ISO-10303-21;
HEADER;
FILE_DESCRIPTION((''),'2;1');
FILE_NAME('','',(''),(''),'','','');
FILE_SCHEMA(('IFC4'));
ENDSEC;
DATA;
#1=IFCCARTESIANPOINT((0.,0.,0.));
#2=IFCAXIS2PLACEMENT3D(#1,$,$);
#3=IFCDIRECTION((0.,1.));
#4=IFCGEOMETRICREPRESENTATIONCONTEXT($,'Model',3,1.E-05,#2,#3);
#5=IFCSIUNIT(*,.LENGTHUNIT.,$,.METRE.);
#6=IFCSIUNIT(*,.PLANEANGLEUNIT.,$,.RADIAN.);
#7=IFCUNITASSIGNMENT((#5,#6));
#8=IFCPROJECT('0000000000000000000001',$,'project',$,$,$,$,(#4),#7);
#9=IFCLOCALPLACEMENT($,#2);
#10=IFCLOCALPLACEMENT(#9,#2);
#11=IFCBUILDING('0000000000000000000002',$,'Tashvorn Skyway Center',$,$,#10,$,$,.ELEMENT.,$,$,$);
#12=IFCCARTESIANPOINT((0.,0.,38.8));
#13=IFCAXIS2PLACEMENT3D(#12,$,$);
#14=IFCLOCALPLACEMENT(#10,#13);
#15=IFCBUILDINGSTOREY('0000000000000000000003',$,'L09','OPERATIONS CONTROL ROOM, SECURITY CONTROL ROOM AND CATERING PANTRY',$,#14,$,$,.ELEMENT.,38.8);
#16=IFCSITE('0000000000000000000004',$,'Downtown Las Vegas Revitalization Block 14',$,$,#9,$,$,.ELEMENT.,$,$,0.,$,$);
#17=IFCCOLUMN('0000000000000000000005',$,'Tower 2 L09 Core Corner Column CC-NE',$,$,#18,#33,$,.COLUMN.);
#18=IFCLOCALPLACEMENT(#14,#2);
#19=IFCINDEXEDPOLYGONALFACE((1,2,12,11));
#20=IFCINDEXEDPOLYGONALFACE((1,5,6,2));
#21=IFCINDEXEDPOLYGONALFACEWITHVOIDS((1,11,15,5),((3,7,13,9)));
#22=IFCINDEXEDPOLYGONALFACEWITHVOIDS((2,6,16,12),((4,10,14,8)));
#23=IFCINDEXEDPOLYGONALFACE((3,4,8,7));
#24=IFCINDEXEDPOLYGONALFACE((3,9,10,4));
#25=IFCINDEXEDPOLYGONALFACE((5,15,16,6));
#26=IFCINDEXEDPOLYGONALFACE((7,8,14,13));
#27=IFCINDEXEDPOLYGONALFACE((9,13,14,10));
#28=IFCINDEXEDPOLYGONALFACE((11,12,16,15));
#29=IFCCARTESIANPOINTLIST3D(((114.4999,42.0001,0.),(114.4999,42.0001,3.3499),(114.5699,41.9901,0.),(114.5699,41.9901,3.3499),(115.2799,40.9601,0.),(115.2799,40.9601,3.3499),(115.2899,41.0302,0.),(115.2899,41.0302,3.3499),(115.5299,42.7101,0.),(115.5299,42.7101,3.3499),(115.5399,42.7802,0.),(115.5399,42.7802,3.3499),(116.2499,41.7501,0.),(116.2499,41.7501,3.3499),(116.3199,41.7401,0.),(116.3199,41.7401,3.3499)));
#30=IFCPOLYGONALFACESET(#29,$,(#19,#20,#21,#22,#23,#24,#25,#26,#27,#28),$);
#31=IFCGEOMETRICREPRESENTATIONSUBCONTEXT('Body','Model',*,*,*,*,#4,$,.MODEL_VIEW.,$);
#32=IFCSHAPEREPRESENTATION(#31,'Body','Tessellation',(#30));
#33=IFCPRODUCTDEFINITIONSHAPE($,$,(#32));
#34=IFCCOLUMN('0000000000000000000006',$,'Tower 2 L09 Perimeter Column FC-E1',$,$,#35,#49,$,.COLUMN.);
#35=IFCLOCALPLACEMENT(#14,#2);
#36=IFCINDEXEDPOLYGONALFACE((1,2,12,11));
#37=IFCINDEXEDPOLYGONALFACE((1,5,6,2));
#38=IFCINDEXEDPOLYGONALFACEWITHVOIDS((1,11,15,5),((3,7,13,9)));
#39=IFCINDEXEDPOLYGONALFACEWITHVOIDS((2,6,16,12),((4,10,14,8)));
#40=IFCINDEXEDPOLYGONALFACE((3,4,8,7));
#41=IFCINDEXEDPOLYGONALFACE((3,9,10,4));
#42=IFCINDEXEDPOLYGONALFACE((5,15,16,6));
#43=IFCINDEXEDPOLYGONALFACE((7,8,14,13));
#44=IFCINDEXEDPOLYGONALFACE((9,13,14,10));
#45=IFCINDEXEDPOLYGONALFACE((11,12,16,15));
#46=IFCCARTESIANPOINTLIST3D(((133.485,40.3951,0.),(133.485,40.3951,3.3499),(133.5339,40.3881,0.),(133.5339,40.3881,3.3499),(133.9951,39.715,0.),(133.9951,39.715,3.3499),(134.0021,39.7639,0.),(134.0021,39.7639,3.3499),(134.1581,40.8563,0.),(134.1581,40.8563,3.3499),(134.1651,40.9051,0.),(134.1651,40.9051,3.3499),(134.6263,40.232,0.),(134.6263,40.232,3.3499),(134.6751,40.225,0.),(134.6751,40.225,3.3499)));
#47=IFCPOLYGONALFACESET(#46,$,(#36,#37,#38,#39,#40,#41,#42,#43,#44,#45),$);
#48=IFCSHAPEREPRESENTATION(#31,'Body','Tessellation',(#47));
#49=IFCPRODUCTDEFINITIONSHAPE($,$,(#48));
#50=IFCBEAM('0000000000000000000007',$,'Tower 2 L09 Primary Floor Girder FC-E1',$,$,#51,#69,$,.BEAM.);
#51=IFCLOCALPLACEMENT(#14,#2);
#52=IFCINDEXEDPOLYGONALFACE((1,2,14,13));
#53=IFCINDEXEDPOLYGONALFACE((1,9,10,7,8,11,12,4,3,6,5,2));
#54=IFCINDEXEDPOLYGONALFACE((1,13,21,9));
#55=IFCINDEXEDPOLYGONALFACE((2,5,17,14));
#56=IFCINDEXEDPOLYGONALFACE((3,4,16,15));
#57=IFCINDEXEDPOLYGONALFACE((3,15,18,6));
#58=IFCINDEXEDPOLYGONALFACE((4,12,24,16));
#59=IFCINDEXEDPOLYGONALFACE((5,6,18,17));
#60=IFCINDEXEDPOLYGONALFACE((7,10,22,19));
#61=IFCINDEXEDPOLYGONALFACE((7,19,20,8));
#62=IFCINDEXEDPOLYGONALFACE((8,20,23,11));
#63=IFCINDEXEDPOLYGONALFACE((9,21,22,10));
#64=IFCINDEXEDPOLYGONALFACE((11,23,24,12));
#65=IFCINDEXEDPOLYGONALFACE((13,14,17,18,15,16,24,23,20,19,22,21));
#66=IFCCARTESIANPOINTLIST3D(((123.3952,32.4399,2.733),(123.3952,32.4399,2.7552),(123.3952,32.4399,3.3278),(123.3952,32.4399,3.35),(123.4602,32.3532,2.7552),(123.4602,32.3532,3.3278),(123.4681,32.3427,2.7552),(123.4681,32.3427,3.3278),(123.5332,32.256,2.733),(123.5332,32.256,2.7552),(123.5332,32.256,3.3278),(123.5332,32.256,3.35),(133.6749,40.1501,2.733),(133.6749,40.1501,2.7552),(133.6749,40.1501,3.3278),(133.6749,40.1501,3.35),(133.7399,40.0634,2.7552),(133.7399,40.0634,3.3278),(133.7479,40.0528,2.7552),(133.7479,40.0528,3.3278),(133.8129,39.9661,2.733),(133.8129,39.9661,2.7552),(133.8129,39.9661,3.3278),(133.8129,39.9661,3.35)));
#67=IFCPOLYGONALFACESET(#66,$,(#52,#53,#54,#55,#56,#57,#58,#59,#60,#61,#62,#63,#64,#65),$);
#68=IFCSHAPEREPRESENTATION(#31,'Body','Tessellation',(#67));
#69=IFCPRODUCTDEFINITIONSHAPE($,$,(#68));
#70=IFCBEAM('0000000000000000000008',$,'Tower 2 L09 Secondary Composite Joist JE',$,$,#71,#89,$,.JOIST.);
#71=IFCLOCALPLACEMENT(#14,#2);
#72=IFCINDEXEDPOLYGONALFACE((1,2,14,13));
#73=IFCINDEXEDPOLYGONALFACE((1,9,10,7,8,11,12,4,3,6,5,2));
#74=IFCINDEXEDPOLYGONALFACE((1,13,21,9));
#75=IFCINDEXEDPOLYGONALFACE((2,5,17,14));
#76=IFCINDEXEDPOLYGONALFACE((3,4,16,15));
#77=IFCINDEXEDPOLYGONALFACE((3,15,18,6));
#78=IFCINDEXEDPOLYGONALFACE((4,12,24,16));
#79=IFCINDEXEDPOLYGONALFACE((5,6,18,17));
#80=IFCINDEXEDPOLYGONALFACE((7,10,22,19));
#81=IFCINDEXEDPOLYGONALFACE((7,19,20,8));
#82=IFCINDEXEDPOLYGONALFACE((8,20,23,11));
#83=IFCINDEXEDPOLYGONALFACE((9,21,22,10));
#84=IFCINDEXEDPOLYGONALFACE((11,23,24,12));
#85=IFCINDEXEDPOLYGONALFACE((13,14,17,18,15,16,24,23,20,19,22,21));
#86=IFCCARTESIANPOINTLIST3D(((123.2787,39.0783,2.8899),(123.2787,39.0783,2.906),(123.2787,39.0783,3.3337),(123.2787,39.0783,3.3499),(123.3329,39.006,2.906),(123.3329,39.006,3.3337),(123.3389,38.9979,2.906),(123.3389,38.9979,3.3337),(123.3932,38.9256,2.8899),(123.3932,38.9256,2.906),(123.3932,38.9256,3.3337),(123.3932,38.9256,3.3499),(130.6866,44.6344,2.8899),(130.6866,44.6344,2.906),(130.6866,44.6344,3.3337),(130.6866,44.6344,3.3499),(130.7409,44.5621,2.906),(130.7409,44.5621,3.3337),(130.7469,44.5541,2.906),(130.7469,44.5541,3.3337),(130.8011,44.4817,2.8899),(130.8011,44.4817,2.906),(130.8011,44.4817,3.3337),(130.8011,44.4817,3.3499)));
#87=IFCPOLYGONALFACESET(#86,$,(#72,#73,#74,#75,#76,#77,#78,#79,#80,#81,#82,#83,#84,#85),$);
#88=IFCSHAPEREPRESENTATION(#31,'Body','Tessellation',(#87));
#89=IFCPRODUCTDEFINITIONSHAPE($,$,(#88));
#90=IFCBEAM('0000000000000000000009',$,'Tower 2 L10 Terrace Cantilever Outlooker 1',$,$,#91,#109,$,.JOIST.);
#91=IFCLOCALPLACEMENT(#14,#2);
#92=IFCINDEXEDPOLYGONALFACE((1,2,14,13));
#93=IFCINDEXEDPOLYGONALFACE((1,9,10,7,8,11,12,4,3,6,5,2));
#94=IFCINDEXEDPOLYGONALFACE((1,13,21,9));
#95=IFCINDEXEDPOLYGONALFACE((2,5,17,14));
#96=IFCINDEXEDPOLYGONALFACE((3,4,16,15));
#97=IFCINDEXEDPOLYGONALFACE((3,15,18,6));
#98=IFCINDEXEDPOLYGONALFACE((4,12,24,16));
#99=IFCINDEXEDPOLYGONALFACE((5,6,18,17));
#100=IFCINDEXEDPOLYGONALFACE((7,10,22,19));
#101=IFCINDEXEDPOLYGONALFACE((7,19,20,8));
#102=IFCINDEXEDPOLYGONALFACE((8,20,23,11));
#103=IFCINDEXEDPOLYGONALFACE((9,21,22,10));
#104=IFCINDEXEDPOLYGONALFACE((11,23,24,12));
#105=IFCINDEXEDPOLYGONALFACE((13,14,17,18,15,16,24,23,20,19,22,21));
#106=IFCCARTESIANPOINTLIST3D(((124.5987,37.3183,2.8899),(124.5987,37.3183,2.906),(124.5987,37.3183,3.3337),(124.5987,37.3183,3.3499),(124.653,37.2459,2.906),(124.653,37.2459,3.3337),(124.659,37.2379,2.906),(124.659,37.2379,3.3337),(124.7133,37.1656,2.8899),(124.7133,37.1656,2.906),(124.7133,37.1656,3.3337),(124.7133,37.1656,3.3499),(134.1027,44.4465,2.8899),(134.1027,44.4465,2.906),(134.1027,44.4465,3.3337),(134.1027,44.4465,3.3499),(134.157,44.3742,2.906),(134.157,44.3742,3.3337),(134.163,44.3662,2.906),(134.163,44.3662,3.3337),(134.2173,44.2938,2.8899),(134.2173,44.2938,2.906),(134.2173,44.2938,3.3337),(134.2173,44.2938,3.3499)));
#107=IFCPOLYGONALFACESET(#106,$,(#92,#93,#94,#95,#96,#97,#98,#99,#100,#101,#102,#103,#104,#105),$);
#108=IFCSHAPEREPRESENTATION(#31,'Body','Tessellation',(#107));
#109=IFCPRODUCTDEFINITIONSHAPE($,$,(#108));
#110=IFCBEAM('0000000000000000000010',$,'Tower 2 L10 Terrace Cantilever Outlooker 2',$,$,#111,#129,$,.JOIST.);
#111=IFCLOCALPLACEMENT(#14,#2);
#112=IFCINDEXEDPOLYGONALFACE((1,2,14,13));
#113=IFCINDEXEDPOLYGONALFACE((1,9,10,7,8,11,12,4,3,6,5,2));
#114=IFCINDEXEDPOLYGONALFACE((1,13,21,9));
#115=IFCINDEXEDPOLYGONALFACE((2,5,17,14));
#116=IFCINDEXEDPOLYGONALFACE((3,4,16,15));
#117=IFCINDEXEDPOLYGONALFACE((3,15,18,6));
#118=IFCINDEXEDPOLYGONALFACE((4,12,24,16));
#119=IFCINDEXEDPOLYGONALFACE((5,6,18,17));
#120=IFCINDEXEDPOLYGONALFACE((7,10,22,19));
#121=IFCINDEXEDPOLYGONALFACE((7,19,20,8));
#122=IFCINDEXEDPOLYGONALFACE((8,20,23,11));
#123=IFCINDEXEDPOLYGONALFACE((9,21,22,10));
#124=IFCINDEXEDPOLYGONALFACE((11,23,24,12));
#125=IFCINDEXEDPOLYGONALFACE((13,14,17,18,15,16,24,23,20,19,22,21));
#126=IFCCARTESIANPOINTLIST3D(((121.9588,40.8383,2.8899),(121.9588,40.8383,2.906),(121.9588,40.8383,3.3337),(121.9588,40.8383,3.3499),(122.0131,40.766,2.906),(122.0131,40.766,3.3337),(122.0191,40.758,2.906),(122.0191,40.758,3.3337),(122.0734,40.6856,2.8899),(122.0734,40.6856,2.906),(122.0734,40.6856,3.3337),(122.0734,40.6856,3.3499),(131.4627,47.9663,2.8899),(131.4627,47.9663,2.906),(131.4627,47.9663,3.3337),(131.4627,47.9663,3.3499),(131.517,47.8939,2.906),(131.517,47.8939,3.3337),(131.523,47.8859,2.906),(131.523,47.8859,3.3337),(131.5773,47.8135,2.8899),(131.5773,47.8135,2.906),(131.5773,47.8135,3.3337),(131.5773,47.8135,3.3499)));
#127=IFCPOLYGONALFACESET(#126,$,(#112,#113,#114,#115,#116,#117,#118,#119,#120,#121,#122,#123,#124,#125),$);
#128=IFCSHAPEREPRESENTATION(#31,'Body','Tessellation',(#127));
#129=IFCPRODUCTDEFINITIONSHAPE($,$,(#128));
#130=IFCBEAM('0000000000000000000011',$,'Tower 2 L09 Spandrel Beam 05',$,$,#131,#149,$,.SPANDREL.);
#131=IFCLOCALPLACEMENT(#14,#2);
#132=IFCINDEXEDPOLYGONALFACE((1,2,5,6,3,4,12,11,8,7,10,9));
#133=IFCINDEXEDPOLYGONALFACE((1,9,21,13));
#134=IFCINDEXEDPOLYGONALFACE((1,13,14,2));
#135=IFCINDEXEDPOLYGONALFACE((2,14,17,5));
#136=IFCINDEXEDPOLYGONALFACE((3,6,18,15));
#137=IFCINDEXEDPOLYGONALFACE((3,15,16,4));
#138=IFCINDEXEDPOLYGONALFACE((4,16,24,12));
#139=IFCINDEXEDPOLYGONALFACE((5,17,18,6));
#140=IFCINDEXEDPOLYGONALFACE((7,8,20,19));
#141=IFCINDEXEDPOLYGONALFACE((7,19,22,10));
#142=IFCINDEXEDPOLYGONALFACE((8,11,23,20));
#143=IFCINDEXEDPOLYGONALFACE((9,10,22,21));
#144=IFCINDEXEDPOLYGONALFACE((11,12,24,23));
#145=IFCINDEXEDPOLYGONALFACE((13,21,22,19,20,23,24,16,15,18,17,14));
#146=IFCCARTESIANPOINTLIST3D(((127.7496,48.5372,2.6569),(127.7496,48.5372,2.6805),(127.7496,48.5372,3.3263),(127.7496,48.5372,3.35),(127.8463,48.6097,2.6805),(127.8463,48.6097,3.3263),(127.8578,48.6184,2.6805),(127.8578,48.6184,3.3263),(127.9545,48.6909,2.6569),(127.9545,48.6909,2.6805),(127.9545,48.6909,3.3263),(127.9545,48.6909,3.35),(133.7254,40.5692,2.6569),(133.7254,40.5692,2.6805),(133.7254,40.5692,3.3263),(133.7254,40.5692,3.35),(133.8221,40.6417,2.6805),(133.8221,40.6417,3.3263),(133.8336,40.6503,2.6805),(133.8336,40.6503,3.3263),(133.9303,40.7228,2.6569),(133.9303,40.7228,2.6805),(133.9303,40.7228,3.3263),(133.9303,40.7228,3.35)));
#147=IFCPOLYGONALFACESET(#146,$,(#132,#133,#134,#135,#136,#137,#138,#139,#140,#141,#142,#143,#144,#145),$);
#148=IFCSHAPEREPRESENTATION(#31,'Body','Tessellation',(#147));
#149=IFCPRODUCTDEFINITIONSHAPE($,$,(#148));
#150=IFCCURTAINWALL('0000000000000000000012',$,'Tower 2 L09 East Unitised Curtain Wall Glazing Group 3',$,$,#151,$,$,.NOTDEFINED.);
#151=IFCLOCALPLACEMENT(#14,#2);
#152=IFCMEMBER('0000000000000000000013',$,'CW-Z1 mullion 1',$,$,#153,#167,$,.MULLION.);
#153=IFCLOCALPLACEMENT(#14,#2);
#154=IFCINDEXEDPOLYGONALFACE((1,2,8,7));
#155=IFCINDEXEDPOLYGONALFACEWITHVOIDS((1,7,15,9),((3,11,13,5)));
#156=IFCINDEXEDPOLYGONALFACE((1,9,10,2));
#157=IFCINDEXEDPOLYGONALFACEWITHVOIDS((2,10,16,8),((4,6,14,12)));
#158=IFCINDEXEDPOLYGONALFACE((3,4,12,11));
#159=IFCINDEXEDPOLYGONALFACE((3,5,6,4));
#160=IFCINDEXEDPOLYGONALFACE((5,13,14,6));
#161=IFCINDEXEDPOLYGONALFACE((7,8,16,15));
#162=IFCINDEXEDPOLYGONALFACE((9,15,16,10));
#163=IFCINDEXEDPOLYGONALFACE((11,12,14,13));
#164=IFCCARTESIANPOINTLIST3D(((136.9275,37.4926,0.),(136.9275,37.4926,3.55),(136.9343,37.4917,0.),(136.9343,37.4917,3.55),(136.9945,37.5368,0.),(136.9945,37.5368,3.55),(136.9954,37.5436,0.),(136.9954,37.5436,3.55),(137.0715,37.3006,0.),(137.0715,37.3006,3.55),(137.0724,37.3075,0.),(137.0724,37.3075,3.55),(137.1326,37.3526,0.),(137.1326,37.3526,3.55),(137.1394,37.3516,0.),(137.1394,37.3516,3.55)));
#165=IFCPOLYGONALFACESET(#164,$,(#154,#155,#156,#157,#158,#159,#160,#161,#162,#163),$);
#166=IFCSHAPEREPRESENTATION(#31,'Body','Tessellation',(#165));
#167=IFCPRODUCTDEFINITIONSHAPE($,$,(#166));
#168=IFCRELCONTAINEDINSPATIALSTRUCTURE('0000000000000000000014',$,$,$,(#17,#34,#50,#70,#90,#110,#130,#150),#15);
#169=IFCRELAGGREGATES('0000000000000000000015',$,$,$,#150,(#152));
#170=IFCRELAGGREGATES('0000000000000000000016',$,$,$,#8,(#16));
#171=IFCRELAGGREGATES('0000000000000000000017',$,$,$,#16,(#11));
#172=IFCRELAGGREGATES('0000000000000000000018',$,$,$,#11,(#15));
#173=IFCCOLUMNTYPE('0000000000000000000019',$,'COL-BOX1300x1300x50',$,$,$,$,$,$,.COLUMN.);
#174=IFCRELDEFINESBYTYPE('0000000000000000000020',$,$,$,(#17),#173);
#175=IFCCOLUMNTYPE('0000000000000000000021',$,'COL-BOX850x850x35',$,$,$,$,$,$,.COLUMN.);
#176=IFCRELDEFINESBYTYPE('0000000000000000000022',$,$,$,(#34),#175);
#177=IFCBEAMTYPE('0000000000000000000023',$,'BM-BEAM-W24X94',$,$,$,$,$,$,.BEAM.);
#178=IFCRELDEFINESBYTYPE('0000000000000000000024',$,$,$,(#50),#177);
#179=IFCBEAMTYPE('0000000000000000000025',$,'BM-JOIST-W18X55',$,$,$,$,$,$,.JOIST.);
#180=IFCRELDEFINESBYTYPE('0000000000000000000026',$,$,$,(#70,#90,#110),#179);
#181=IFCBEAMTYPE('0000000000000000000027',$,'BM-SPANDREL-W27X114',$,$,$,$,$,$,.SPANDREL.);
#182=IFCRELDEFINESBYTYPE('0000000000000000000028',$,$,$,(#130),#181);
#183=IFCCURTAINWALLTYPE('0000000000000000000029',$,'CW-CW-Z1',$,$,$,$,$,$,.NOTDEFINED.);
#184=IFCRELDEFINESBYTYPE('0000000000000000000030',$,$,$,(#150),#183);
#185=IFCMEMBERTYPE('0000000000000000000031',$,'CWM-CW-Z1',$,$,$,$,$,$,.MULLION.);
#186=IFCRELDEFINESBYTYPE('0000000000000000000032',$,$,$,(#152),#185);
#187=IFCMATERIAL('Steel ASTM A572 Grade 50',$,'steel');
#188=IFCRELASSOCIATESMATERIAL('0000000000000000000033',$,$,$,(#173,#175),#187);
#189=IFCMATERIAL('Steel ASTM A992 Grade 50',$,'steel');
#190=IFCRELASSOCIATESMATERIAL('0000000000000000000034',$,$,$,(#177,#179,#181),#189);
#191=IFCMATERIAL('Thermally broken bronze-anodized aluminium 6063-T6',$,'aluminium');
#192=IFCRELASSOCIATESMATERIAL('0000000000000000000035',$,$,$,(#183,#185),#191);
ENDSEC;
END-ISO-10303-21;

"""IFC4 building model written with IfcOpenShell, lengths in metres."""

from ifc_helpers import new_model, si_unit, direction, frame, origin, origin_2d, place, context, subcontext, project, spatial, hollow_rectangle, i_section, extrude, material, material_profile, profile_set, type_object, element, aggregate, save


model = new_model("IFC4")

# Units and contexts
model_context = context("Model", 3, precision=1e-05, world=origin(), true_north=direction((0.0, 1.0)))
body_context = subcontext(model_context, "Body", "Model", "MODEL_VIEW")
ifc_project = project(units=[si_unit("LENGTHUNIT", "METRE"), si_unit("PLANEANGLEUNIT", "RADIAN")], contexts=[model_context])

# Site, building, storey
site_placement = place(None, origin())
site = spatial("IfcSite", under=ifc_project, at=site_placement, Name="Downtown Las Vegas Revitalization Block 14", CompositionType="ELEMENT", RefElevation=0.0)
building_placement = place(site_placement, origin())
building = spatial("IfcBuilding", under=site, at=building_placement, Name="Tashvorn Skyway Center", CompositionType="ELEMENT")
storey_placement = place(building_placement, frame((0.0, 0.0, 38.8)))
storey = spatial("IfcBuildingStorey", under=building, at=storey_placement, Name="L09", Description="OPERATIONS CONTROL ROOM, SECURITY CONTROL ROOM AND CATERING PANTRY", CompositionType="ELEMENT", Elevation=38.8)

# Columns
ifc_material_1 = material(Name="Steel ASTM A572 Grade 50", Category="steel")
ifc_material_profile_1 = material_profile(ifc_material_1, hollow_rectangle(XDim=1.3, YDim=1.3, WallThickness=0.05, at=origin_2d()), Name="BOX1300x1300x50")
ifc_profile_set_1 = profile_set([ifc_material_profile_1], Name="Steel ASTM A572 Grade 50")
column_type_1 = type_object("IfcColumnType", Name="COL-BOX1300x1300x50", PredefinedType="COLUMN", material=ifc_profile_set_1)
column_1_placement = place(storey_placement, frame((115.4099, 41.8701, 0.0), z_axis=(0.0, 0.0, 1.0), x_axis=(0.8, 0.6, 0.0)))
element("IfcColumn", 1, at=column_1_placement, inside=storey, type_object=column_type_1, Name="Tower 2 L09 Core Corner Column CC-NE", PredefinedType="COLUMN", context=body_context, shape_type="SweptSolid", body=[
    extrude(hollow_rectangle(XDim=1.3, YDim=1.3, WallThickness=0.05, at=origin_2d()), origin(), (0.0, 0.0, 1.0), 3.3499),
])
ifc_material_profile_2 = material_profile(ifc_material_1, hollow_rectangle(XDim=0.8501, YDim=0.8501, WallThickness=0.0349, at=origin_2d()), Name="BOX850x850x35")
ifc_profile_set_2 = profile_set([ifc_material_profile_2], Name="Steel ASTM A572 Grade 50")
column_type_2 = type_object("IfcColumnType", Name="COL-BOX850x850x35", PredefinedType="COLUMN", material=ifc_profile_set_2)
column_2_placement = place(storey_placement, frame((134.0801, 40.3101, 0.0), z_axis=(0.0, 0.0, 1.0), x_axis=(0.8, 0.6, 0.0)))
element("IfcColumn", 2, at=column_2_placement, inside=storey, type_object=column_type_2, Name="Tower 2 L09 Perimeter Column FC-E1", PredefinedType="COLUMN", context=body_context, shape_type="SweptSolid", body=[
    extrude(hollow_rectangle(XDim=0.8501, YDim=0.8501, WallThickness=0.0349, at=origin_2d()), origin(), (0.0, 0.0, 1.0), 3.3499),
])

# Beams
ifc_material_2 = material(Name="Steel ASTM A992 Grade 50", Category="steel")
ifc_material_profile_3 = material_profile(ifc_material_2, i_section(OverallWidth=0.23, OverallDepth=0.6169, WebThickness=0.0132, FlangeThickness=0.0222, at=origin_2d()), Name="W24X94")
ifc_profile_set_3 = profile_set([ifc_material_profile_3], Name="Steel ASTM A992 Grade 50")
beam_type_1 = type_object("IfcBeamType", Name="BM-BEAM-W24X94", PredefinedType="BEAM", material=ifc_profile_set_3)
beam_1_placement = place(storey_placement, frame((133.7439, 40.0581, 3.0415), z_axis=(-0.799986, -0.600018, 0.0), x_axis=(0.600018, -0.799986, 0.0)))
element("IfcBeam", 3, at=beam_1_placement, inside=storey, type_object=beam_type_1, Name="Tower 2 L09 Primary Floor Girder FC-E1", PredefinedType="BEAM", context=body_context, shape_type="SweptSolid", body=[
    extrude(i_section(OverallWidth=0.23, OverallDepth=0.6169, WebThickness=0.0132, FlangeThickness=0.0222, at=origin_2d()), origin(), (0.0, 0.0, 1.0), 12.8499),
])
ifc_material_profile_4 = material_profile(ifc_material_2, i_section(OverallWidth=0.1909, OverallDepth=0.46, WebThickness=0.01, FlangeThickness=0.0161, at=origin_2d()), Name="W18X55")
ifc_profile_set_4 = profile_set([ifc_material_profile_4], Name="Steel ASTM A992 Grade 50")
beam_type_2 = type_object("IfcBeamType", Name="BM-JOIST-W18X55", PredefinedType="JOIST", material=ifc_profile_set_4)
beam_2_placement = place(storey_placement, frame((123.3359, 39.002, 3.1199), z_axis=(0.799991, 0.600013, 0.0), x_axis=(-0.600013, 0.799991, 0.0)))
element("IfcBeam", 4, at=beam_2_placement, inside=storey, type_object=beam_type_2, Name="Tower 2 L09 Secondary Composite Joist JE", PredefinedType="JOIST", context=body_context, shape_type="SweptSolid", body=[
    extrude(i_section(OverallWidth=0.1909, OverallDepth=0.46, WebThickness=0.01, FlangeThickness=0.0161, at=origin_2d()), origin(), (0.0, 0.0, 1.0), 9.26),
])
beam_3_placement = place(storey_placement, frame((124.656, 37.2419, 3.1199), z_axis=(0.79999, 0.600013, 0.0), x_axis=(-0.600013, 0.79999, 0.0)))
element("IfcBeam", 5, at=beam_3_placement, inside=storey, type_object=beam_type_2, Name="Tower 2 L10 Terrace Cantilever Outlooker 1", PredefinedType="JOIST", context=body_context, shape_type="SweptSolid", body=[
    extrude(i_section(OverallWidth=0.1909, OverallDepth=0.46, WebThickness=0.01, FlangeThickness=0.0161, at=origin_2d()), origin(), (0.0, 0.0, 1.0), 11.8801),
])
beam_4_placement = place(storey_placement, frame((122.0161, 40.762, 3.1199), z_axis=(0.8, 0.6, 0.0), x_axis=(-0.6, 0.8, 0.0)))
element("IfcBeam", 6, at=beam_4_placement, inside=storey, type_object=beam_type_2, Name="Tower 2 L10 Terrace Cantilever Outlooker 2", PredefinedType="JOIST", context=body_context, shape_type="SweptSolid", body=[
    extrude(i_section(OverallWidth=0.1909, OverallDepth=0.46, WebThickness=0.01, FlangeThickness=0.0161, at=origin_2d()), origin(), (0.0, 0.0, 1.0), 11.8799),
])
ifc_material_profile_5 = material_profile(ifc_material_2, i_section(OverallWidth=0.2561, OverallDepth=0.6931, WebThickness=0.0144, FlangeThickness=0.0237, at=origin_2d()), Name="W27X114")
ifc_profile_set_5 = profile_set([ifc_material_profile_5], Name="Steel ASTM A992 Grade 50")
beam_type_3 = type_object("IfcBeamType", Name="BM-SPANDREL-W27X114", PredefinedType="SPANDREL", material=ifc_profile_set_5)
beam_5_placement = place(storey_placement, frame((133.8279, 40.646, 3.0034), z_axis=(-0.599988, 0.800009, 0.0), x_axis=(-0.800009, -0.599988, 0.0)))
element("IfcBeam", 7, at=beam_5_placement, inside=storey, type_object=beam_type_3, Name="Tower 2 L09 Spandrel Beam 05", PredefinedType="SPANDREL", context=body_context, shape_type="SweptSolid", body=[
    extrude(i_section(OverallWidth=0.2561, OverallDepth=0.6931, WebThickness=0.0144, FlangeThickness=0.0237, at=origin_2d()), origin(), (0.0, 0.0, 1.0), 9.96),
])

# Curtain wall, member
ifc_material_3 = material(Name="Thermally broken bronze-anodized aluminium 6063-T6", Category="aluminium")
curtain_wall_type = type_object("IfcCurtainWallType", Name="CW-CW-Z1", PredefinedType="NOTDEFINED", material=ifc_material_3)
curtain_wall_placement = place(storey_placement, origin())
curtain_wall = element("IfcCurtainWall", 8, at=curtain_wall_placement, inside=storey, type_object=curtain_wall_type, Name="Tower 2 L09 East Unitised Curtain Wall Glazing Group 3", PredefinedType="NOTDEFINED")
ifc_material_profile_6 = material_profile(ifc_material_3, hollow_rectangle(XDim=0.085, YDim=0.24, WallThickness=0.0049, at=origin_2d()), Name="ALU-MULL-85x240")
ifc_profile_set_6 = profile_set([ifc_material_profile_6], Name="Thermally broken bronze-anodized aluminium 6063-T6")
member_type_1 = type_object("IfcMemberType", Name="CWM-CW-Z1", PredefinedType="MULLION", material=ifc_profile_set_6)
member_1_placement = place(storey_placement, frame((137.0334, 37.4221, 0.0), z_axis=(0.0, 0.0, 1.0), x_axis=(0.8, 0.6, 0.0)))
member_1 = element("IfcMember", 9, at=member_1_placement, type_object=member_type_1, Name="CW-Z1 mullion 1", PredefinedType="MULLION", context=body_context, shape_type="SweptSolid", body=[
    extrude(hollow_rectangle(XDim=0.085, YDim=0.24, WallThickness=0.0049, at=origin_2d()), origin(), (0.0, 0.0, 1.0), 3.55),
])
aggregate(curtain_wall, [member_1])

save(model, "model.ifc")
